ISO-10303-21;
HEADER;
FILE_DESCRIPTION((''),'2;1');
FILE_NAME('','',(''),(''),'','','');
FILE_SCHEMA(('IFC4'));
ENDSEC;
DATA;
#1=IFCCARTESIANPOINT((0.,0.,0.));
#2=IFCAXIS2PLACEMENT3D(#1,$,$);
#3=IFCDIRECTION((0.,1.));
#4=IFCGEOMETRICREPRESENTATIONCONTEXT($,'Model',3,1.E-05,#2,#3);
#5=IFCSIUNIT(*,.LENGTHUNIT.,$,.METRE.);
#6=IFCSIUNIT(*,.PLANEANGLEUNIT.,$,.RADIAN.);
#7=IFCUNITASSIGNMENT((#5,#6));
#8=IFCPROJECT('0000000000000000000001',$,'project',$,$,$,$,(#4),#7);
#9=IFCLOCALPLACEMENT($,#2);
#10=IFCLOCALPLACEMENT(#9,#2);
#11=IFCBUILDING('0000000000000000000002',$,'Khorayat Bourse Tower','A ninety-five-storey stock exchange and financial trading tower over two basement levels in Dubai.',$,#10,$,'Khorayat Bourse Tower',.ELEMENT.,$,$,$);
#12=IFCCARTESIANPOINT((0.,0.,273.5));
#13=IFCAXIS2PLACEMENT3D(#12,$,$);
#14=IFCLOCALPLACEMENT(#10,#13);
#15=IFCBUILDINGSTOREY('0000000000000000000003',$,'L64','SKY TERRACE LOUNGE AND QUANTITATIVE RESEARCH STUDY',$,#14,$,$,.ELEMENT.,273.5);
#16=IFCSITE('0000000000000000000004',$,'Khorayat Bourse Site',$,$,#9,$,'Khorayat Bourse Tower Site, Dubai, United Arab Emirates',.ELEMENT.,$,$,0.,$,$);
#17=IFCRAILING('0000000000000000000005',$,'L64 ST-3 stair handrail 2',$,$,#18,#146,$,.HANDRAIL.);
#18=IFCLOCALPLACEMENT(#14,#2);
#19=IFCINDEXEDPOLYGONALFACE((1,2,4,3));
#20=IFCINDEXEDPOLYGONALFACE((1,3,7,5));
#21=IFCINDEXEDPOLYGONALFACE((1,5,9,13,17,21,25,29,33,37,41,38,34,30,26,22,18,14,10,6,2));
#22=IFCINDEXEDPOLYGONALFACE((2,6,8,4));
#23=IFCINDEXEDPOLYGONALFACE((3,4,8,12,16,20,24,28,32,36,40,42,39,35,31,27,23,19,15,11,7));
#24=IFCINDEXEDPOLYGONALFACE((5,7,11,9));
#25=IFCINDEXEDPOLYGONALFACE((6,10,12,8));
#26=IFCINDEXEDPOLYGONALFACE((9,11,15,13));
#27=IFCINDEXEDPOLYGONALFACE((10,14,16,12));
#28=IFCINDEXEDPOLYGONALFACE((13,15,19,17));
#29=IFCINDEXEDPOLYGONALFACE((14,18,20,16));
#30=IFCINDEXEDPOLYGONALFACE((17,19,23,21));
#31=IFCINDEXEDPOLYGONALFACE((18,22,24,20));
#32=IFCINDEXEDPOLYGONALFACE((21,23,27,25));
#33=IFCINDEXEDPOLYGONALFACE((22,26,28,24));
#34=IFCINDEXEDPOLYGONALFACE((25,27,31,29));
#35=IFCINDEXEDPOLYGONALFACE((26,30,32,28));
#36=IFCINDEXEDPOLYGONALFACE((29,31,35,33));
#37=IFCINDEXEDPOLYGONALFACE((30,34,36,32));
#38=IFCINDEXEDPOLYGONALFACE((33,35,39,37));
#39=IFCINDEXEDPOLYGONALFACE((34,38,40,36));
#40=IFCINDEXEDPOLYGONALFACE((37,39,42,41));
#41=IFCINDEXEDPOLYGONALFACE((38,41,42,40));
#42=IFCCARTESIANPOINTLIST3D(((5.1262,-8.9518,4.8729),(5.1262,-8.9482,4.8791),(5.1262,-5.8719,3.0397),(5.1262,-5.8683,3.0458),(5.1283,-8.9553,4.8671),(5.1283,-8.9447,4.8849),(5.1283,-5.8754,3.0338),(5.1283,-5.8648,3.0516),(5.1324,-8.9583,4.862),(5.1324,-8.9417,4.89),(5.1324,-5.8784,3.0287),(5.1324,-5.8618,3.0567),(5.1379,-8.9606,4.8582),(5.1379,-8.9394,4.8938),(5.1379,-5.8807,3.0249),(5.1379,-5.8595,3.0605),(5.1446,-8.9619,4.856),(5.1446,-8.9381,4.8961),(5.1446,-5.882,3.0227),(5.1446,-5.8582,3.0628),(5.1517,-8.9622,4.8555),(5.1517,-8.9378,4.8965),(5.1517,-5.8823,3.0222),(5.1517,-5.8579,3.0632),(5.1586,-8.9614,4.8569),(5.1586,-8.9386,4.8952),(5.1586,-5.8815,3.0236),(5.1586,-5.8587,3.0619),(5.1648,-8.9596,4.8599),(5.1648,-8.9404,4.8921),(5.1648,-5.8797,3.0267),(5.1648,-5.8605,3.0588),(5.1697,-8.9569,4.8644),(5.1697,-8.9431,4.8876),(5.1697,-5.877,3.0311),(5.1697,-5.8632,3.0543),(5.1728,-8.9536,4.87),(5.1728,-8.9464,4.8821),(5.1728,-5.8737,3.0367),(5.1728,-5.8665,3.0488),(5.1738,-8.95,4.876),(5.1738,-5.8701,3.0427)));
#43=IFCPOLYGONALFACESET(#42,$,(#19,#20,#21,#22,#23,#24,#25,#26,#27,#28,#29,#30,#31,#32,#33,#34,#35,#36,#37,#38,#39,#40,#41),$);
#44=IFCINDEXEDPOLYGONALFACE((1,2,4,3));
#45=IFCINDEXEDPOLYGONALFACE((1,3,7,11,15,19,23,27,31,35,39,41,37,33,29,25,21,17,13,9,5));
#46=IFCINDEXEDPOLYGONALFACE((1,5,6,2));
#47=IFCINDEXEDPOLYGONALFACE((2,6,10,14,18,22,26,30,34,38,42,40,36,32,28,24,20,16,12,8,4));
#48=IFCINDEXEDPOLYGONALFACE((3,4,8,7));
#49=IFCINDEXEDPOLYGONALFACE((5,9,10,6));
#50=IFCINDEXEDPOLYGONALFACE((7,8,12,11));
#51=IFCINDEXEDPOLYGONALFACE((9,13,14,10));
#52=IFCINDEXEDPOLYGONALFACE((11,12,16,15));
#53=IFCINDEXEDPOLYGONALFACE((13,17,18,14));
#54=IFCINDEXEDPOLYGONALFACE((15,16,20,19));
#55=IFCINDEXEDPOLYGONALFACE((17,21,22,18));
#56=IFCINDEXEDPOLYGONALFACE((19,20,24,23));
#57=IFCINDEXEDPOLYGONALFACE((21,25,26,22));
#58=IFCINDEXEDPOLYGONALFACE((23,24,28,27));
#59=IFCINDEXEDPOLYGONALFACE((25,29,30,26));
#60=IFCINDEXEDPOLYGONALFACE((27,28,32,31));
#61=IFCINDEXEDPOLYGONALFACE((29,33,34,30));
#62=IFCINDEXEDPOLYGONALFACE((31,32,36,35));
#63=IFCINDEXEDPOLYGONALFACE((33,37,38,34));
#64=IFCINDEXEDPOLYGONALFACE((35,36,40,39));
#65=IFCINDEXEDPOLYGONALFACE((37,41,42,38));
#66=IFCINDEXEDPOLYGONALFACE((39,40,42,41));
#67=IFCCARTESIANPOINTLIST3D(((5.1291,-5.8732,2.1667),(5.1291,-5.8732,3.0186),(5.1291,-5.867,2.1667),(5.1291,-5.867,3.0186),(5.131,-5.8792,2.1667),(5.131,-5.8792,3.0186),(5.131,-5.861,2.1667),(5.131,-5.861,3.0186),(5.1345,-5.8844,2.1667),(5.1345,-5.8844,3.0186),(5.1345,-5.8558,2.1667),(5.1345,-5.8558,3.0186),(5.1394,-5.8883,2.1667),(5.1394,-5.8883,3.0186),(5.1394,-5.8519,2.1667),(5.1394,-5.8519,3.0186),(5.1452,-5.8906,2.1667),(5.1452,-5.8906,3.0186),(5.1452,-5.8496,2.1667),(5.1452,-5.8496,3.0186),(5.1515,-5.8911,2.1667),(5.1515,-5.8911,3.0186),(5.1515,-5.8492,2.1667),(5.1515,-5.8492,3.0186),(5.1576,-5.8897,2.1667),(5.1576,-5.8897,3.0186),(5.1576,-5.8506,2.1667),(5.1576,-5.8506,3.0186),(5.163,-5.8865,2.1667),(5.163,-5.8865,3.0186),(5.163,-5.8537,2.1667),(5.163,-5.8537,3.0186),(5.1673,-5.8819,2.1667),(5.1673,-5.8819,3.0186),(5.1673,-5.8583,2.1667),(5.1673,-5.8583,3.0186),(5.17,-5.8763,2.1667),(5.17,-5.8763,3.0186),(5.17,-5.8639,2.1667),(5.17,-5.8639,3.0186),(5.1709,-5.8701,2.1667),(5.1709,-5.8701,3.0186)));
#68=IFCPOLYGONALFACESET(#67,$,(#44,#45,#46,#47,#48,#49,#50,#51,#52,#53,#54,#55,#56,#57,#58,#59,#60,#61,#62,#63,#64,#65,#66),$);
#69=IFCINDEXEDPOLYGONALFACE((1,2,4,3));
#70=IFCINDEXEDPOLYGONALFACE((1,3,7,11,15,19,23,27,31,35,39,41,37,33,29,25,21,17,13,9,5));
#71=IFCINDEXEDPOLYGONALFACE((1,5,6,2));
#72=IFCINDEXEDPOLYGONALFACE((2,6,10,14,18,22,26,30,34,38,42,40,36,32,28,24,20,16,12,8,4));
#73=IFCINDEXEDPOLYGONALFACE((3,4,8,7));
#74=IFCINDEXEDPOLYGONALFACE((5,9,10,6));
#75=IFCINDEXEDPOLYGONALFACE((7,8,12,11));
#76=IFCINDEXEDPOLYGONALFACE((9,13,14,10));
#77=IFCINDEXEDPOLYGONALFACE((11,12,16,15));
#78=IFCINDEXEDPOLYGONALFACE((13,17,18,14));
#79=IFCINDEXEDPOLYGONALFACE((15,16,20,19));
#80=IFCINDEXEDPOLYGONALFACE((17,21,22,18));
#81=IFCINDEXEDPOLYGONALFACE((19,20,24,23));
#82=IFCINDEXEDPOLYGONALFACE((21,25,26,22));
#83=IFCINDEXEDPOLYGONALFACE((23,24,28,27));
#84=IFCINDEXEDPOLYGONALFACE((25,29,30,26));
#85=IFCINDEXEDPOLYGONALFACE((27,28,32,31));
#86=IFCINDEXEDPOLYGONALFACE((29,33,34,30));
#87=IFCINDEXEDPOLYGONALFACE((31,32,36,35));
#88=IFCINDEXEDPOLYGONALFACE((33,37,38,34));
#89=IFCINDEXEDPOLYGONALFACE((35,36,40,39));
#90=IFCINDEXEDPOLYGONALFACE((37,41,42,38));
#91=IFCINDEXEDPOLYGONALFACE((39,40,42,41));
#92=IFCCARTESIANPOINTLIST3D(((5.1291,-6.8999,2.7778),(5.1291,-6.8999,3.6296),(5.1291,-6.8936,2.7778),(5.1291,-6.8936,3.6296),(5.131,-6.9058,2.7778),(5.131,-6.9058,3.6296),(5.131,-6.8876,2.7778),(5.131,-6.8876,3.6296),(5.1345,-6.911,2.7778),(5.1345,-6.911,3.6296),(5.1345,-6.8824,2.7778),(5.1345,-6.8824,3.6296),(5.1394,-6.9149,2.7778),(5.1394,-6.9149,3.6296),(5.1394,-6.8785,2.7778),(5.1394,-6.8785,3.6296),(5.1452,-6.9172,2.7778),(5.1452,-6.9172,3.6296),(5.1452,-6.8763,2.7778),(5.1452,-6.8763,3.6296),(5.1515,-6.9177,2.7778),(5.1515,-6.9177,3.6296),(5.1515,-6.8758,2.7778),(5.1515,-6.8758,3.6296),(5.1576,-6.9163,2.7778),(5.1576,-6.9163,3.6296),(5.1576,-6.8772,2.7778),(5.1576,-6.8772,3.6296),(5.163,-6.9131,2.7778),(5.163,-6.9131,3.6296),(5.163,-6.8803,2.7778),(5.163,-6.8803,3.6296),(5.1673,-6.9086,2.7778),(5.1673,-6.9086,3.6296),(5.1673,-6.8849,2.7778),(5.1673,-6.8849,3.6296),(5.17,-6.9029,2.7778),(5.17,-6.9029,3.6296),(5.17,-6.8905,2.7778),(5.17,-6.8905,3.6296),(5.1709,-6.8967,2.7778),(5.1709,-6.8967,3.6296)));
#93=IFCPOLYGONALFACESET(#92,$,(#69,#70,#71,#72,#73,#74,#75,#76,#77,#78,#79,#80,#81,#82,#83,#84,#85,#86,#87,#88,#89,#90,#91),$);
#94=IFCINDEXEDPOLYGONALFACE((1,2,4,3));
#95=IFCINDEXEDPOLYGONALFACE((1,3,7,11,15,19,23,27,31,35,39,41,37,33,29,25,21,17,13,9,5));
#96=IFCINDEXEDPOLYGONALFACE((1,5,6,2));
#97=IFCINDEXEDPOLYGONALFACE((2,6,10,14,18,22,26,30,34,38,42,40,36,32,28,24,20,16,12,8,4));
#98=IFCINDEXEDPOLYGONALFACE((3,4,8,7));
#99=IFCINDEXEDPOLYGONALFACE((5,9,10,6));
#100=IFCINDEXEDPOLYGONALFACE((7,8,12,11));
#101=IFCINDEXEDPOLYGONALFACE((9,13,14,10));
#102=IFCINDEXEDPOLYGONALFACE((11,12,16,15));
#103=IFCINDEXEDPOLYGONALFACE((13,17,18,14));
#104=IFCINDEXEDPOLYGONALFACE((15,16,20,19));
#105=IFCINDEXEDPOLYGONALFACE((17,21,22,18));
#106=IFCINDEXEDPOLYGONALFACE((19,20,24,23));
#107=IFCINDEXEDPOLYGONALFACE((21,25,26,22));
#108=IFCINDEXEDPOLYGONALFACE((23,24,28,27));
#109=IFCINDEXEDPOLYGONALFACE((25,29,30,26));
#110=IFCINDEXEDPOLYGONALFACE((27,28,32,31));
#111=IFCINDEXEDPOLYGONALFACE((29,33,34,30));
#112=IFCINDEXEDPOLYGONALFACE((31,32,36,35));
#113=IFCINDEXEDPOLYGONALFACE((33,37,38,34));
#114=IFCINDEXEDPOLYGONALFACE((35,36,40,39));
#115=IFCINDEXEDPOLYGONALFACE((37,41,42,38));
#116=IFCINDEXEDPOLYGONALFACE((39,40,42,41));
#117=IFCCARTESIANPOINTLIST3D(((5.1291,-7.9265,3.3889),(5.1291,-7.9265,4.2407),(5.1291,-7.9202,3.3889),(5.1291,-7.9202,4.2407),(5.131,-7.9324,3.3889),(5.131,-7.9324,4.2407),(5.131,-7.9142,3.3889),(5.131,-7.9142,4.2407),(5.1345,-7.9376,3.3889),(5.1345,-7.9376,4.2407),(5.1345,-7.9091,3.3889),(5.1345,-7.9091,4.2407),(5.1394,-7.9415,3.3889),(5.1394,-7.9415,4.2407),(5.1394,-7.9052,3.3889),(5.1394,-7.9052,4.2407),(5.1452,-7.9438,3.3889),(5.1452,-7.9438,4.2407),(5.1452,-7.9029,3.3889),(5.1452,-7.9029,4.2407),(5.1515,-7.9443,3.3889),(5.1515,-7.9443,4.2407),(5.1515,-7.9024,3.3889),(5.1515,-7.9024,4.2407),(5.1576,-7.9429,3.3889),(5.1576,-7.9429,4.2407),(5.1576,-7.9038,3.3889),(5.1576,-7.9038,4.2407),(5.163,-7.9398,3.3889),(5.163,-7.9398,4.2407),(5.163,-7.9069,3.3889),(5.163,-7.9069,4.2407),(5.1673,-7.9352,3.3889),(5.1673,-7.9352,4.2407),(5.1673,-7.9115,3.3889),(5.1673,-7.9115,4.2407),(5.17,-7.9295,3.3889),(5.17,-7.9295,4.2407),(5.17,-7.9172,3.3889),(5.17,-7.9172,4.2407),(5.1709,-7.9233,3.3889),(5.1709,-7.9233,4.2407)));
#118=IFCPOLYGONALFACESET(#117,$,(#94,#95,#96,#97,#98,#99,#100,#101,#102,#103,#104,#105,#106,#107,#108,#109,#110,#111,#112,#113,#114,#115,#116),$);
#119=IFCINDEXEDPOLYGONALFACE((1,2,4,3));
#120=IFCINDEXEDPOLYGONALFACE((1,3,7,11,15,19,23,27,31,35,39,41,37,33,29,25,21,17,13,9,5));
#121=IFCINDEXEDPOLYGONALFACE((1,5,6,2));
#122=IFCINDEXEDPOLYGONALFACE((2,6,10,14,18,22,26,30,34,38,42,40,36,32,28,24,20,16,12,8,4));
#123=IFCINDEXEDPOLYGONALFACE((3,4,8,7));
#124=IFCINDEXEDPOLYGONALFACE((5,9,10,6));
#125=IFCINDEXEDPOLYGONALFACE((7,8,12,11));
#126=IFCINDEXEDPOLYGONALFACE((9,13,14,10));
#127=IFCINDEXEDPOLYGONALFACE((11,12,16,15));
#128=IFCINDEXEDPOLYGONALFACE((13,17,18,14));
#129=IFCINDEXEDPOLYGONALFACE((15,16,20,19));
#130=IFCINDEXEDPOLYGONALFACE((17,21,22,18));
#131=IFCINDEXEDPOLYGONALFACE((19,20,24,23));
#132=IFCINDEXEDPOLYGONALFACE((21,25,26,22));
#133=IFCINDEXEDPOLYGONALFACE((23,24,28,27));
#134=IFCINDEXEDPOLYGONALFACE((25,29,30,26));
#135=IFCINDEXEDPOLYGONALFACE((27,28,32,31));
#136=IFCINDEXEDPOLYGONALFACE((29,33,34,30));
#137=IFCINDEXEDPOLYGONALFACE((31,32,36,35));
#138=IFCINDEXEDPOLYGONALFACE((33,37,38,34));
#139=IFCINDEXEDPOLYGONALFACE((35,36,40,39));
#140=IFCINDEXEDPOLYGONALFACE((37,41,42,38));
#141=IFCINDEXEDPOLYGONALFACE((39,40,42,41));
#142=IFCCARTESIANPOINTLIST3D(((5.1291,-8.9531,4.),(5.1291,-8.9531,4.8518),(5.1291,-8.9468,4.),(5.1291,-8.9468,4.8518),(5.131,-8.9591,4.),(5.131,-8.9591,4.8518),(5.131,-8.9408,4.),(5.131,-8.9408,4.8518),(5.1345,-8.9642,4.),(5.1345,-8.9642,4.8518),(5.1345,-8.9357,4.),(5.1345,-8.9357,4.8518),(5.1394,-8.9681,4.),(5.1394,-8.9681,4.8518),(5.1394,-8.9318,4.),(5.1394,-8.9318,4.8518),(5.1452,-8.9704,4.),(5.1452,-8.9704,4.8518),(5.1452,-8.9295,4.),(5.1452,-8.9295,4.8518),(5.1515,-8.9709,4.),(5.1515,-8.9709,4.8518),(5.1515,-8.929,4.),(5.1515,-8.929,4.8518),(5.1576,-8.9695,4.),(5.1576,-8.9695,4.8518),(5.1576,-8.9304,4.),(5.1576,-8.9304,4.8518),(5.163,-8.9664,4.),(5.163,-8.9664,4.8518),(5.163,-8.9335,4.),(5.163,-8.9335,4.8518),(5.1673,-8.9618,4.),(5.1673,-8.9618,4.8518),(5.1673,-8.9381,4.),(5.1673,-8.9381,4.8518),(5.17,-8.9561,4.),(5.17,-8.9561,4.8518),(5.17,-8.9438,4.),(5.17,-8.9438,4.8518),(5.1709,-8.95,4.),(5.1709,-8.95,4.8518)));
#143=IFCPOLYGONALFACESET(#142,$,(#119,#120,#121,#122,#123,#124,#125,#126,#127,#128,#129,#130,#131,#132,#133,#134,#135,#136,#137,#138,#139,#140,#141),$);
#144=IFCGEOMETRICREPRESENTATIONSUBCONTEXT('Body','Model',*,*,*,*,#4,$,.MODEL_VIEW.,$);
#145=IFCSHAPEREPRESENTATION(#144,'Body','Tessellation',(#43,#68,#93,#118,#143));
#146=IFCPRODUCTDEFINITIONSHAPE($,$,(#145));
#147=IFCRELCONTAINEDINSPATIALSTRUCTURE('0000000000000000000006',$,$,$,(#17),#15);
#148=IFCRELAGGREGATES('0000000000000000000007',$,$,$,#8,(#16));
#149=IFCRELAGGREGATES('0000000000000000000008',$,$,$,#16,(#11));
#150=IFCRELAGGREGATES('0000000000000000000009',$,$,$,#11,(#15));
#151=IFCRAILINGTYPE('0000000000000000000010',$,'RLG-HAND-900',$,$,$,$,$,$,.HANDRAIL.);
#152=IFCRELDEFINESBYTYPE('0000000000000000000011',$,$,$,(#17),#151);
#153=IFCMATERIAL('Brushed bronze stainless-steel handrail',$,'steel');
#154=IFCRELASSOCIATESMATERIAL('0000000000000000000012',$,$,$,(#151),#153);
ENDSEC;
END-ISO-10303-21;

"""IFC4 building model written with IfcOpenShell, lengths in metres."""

from ifc_helpers import new_model, si_unit, direction, frame, origin, origin_2d, place, context, subcontext, project, spatial, circle, extrude, source, transform, mapped, material, type_object, element, save


model = new_model("IFC4")

# Units and contexts
model_context = context("Model", 3, precision=1e-05, world=origin(), true_north=direction((0.0, 1.0)))
body_context = subcontext(model_context, "Body", "Model", "MODEL_VIEW")
ifc_project = project(units=[si_unit("LENGTHUNIT", "METRE"), si_unit("PLANEANGLEUNIT", "RADIAN")], contexts=[model_context])

# Site, building, storey
site_placement = place(None, origin())
site = spatial("IfcSite", under=ifc_project, at=site_placement, Name="Khorayat Bourse Site", LongName="Khorayat Bourse Tower Site, Dubai, United Arab Emirates", CompositionType="ELEMENT", RefElevation=0.0)
building_placement = place(site_placement, origin())
building = spatial("IfcBuilding", under=site, at=building_placement, Name="Khorayat Bourse Tower", Description="A ninety-five-storey stock exchange and financial trading tower over two basement levels in Dubai.", LongName="Khorayat Bourse Tower", CompositionType="ELEMENT")
storey_placement = place(building_placement, frame((0.0, 0.0, 273.5)))
storey = spatial("IfcBuildingStorey", under=building, at=storey_placement, Name="L64", Description="SKY TERRACE LOUNGE AND QUANTITATIVE RESEARCH STUDY", CompositionType="ELEMENT", Elevation=273.5)

# Railing
ifc_material_1 = material(Name="Brushed bronze stainless-steel handrail", Category="steel")
railing_type = type_object("IfcRailingType", Name="RLG-HAND-900", PredefinedType="HANDRAIL", material=ifc_material_1)
shared_shape_1 = source(origin(), body_context, "Body", "SweptSolid", [
    extrude(circle(Radius=0.0239, at=origin_2d()), frame((0.0, 0.0, 0.876), z_axis=(0.0, -0.859291, 0.511487), x_axis=(1.0, 0.0, 0.0)), (0.0, 0.0, 1.0), 3.5842),
    extrude(circle(Radius=0.021, at=origin_2d()), origin(), (0.0, 0.0, 1.0), 0.8518),
    extrude(circle(Radius=0.021, at=origin_2d()), frame((0.0, -1.0266, 0.6111)), (0.0, 0.0, 1.0), 0.8518),
    extrude(circle(Radius=0.021, at=origin_2d()), frame((0.0, -2.0532, 1.2222)), (0.0, 0.0, 1.0), 0.8518),
    extrude(circle(Radius=0.021, at=origin_2d()), frame((0.0, -3.0798, 1.8333)), (0.0, 0.0, 1.0), 0.8518),
])
railing_placement = place(storey_placement, frame((5.1499, -5.8701, 2.1667)))
element("IfcRailing", 1, at=railing_placement, inside=storey, type_object=railing_type, Name="L64 ST-3 stair handrail 2", PredefinedType="HANDRAIL", context=body_context, shape_type="MappedRepresentation", body=[
    mapped(shared_shape_1, transform((0.0, 0.0, 0.0), scale=1.0)),
])

save(model, "model.ifc")
